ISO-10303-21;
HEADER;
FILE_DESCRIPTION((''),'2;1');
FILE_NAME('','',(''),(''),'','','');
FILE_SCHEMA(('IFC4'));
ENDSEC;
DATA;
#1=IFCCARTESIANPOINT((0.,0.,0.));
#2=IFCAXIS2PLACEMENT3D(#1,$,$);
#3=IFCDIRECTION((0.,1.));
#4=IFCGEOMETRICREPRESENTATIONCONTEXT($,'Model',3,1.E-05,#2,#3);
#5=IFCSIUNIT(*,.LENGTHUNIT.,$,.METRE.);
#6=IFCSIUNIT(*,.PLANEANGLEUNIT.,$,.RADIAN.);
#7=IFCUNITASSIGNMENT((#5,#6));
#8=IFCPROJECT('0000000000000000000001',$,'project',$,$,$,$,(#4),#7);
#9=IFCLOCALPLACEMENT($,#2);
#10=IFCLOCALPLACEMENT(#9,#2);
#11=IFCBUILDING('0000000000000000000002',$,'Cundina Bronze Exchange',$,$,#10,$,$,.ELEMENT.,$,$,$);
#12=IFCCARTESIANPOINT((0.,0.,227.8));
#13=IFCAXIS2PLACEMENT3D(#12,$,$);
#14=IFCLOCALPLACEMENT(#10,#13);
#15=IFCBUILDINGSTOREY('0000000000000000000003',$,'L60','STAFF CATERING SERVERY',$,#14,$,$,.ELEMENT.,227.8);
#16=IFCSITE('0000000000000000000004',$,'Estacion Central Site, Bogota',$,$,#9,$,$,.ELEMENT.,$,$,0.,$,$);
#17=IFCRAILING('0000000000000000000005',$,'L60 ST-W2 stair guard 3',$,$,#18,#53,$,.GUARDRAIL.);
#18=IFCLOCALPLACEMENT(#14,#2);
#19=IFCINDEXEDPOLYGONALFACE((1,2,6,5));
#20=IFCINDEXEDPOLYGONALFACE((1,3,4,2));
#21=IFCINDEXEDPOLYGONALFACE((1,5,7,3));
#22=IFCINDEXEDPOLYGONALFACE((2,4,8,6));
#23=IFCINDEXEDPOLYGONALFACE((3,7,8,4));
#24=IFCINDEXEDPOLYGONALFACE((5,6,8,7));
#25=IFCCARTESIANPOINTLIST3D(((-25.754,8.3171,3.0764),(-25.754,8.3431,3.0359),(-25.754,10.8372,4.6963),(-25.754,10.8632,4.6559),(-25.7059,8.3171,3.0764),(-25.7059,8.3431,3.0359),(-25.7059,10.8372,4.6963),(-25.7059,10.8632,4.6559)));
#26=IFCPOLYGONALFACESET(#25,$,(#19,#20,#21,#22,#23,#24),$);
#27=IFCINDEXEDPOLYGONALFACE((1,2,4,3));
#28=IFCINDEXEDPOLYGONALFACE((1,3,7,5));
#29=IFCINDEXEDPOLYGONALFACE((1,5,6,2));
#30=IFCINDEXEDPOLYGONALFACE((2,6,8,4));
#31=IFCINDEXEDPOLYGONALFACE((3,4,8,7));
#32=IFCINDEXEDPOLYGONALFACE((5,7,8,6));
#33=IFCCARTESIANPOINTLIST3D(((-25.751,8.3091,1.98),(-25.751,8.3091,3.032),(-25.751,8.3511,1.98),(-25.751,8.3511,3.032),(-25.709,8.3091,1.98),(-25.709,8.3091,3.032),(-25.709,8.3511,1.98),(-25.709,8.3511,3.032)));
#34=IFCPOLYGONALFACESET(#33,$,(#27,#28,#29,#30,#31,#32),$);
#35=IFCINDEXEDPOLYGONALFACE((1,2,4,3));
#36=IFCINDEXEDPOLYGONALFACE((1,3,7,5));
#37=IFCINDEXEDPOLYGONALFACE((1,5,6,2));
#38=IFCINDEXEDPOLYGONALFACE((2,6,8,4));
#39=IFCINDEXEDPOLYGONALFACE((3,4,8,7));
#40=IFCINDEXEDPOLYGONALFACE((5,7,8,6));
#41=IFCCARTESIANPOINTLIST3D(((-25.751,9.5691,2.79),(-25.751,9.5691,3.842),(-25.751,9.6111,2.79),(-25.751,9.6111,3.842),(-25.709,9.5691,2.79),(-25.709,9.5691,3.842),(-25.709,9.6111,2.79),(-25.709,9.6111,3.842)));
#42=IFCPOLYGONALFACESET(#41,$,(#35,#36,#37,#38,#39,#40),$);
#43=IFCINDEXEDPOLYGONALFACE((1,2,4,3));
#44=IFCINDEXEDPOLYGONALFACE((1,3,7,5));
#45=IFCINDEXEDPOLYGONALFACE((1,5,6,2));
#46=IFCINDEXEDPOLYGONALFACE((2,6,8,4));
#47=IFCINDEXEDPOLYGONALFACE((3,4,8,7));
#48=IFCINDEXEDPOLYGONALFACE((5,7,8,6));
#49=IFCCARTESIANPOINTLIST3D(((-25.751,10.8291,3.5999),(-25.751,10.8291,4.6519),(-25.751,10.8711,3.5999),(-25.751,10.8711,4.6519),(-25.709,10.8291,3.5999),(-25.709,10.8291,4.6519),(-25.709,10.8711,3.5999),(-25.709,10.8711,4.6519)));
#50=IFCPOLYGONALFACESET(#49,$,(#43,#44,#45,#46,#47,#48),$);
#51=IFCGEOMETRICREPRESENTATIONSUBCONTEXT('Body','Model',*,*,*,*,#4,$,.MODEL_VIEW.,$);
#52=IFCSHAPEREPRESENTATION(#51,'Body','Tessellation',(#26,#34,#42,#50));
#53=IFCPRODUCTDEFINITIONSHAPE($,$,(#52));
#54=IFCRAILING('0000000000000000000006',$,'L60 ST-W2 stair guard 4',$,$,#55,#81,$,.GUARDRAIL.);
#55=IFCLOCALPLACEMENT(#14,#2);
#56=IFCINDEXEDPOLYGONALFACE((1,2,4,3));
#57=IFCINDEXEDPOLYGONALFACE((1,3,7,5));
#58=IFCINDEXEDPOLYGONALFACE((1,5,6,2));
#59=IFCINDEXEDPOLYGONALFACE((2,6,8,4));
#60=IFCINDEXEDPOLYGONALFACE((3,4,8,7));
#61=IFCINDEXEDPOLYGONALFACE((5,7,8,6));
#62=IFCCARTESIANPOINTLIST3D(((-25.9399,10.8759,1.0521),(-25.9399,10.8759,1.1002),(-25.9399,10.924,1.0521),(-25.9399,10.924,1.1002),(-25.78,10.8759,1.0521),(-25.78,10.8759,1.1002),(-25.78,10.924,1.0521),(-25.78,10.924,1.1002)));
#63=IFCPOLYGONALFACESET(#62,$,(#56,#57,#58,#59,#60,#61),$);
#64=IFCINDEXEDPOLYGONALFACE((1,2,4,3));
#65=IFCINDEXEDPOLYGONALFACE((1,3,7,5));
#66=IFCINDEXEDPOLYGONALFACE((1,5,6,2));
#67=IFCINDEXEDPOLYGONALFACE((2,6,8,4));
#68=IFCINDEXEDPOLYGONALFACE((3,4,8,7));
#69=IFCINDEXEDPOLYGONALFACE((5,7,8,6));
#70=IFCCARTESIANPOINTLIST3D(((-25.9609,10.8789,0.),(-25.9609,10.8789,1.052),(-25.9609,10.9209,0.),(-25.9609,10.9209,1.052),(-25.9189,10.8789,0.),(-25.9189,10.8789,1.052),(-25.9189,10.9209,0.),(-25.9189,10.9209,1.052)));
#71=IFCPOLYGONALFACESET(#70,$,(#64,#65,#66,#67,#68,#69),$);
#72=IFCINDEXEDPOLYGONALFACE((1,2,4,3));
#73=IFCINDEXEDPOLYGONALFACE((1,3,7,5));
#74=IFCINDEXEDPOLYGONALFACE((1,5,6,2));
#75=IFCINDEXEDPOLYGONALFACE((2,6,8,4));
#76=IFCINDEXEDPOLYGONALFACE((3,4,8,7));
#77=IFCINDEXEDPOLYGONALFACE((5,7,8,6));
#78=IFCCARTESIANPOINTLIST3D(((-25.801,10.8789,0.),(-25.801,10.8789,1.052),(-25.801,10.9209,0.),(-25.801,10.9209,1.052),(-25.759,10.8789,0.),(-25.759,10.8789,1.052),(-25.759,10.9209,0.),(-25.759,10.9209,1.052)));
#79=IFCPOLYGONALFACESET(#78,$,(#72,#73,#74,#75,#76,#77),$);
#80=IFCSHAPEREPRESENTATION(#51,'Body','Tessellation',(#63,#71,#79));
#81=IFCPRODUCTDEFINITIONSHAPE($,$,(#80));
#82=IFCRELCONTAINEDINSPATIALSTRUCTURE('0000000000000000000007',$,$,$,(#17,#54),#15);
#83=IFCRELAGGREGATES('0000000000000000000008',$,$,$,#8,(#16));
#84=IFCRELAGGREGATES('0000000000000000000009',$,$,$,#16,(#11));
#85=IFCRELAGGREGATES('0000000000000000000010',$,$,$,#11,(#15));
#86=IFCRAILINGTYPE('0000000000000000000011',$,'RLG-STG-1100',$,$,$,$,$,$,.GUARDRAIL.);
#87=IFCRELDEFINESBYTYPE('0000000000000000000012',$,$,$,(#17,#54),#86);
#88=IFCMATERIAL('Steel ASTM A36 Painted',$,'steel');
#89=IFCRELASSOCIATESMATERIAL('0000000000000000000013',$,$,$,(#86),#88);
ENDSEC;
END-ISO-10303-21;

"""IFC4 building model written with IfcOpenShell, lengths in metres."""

from ifc_helpers import new_model, si_unit, direction, frame, origin, origin_2d, place, context, subcontext, project, spatial, rectangle, extrude, material, type_object, element, save


model = new_model("IFC4")

# Units and contexts
model_context = context("Model", 3, precision=1e-05, world=origin(), true_north=direction((0.0, 1.0)))
body_context = subcontext(model_context, "Body", "Model", "MODEL_VIEW")
ifc_project = project(units=[si_unit("LENGTHUNIT", "METRE"), si_unit("PLANEANGLEUNIT", "RADIAN")], contexts=[model_context])

# Site, building, storey
site_placement = place(None, origin())
site = spatial("IfcSite", under=ifc_project, at=site_placement, Name="Estacion Central Site, Bogota", CompositionType="ELEMENT", RefElevation=0.0)
building_placement = place(site_placement, origin())
building = spatial("IfcBuilding", under=site, at=building_placement, Name="Cundina Bronze Exchange", CompositionType="ELEMENT")
storey_placement = place(building_placement, frame((0.0, 0.0, 227.8)))
storey = spatial("IfcBuildingStorey", under=building, at=storey_placement, Name="L60", Description="STAFF CATERING SERVERY", CompositionType="ELEMENT", Elevation=227.8)

# Shared definitions
ifc_material_1 = material(Name="Steel ASTM A36 Painted", Category="steel")

# Railings
railing_type_1 = type_object("IfcRailingType", Name="RLG-STG-1100", PredefinedType="GUARDRAIL", material=ifc_material_1)
railing_1_placement = place(storey_placement, frame((-25.73, 8.3301, 1.98)))
element("IfcRailing", 1, at=railing_1_placement, inside=storey, type_object=railing_type_1, Name="L60 ST-W2 stair guard 3", PredefinedType="GUARDRAIL", context=body_context, shape_type="SweptSolid", body=[
    extrude(rectangle(XDim=0.0481, YDim=0.0481, at=origin_2d()), frame((0.0, 0.0, 1.0762), z_axis=(0.0, 0.8412, 0.540725), x_axis=(-1.0, 0.0, 0.0)), (0.0, 0.0, 1.0), 2.9958),
    extrude(rectangle(XDim=0.042, YDim=0.042, at=origin_2d()), origin(), (0.0, 0.0, 1.0), 1.052),
    extrude(rectangle(XDim=0.042, YDim=0.042, at=origin_2d()), frame((0.0, 1.26, 0.8101)), (0.0, 0.0, 1.0), 1.052),
    extrude(rectangle(XDim=0.042, YDim=0.042, at=origin_2d()), frame((0.0, 2.52, 1.6199)), (0.0, 0.0, 1.0), 1.052),
])
railing_2_placement = place(storey_placement, frame((-25.9399, 10.8999, 0.0)))
element("IfcRailing", 2, at=railing_2_placement, inside=storey, type_object=railing_type_1, Name="L60 ST-W2 stair guard 4", PredefinedType="GUARDRAIL", context=body_context, shape_type="SweptSolid", body=[
    extrude(rectangle(XDim=0.0481, YDim=0.0481, at=origin_2d()), frame((0.0, 0.0, 1.0762), z_axis=(1.0, 0.0, 0.0), x_axis=(0.0, 1.0, 0.0)), (0.0, 0.0, 1.0), 0.1599),
    extrude(rectangle(XDim=0.042, YDim=0.042, at=origin_2d()), origin(), (0.0, 0.0, 1.0), 1.052),
    extrude(rectangle(XDim=0.042, YDim=0.042, at=origin_2d()), frame((0.1599, 0.0, 0.0)), (0.0, 0.0, 1.0), 1.052),
])

save(model, "model.ifc")
